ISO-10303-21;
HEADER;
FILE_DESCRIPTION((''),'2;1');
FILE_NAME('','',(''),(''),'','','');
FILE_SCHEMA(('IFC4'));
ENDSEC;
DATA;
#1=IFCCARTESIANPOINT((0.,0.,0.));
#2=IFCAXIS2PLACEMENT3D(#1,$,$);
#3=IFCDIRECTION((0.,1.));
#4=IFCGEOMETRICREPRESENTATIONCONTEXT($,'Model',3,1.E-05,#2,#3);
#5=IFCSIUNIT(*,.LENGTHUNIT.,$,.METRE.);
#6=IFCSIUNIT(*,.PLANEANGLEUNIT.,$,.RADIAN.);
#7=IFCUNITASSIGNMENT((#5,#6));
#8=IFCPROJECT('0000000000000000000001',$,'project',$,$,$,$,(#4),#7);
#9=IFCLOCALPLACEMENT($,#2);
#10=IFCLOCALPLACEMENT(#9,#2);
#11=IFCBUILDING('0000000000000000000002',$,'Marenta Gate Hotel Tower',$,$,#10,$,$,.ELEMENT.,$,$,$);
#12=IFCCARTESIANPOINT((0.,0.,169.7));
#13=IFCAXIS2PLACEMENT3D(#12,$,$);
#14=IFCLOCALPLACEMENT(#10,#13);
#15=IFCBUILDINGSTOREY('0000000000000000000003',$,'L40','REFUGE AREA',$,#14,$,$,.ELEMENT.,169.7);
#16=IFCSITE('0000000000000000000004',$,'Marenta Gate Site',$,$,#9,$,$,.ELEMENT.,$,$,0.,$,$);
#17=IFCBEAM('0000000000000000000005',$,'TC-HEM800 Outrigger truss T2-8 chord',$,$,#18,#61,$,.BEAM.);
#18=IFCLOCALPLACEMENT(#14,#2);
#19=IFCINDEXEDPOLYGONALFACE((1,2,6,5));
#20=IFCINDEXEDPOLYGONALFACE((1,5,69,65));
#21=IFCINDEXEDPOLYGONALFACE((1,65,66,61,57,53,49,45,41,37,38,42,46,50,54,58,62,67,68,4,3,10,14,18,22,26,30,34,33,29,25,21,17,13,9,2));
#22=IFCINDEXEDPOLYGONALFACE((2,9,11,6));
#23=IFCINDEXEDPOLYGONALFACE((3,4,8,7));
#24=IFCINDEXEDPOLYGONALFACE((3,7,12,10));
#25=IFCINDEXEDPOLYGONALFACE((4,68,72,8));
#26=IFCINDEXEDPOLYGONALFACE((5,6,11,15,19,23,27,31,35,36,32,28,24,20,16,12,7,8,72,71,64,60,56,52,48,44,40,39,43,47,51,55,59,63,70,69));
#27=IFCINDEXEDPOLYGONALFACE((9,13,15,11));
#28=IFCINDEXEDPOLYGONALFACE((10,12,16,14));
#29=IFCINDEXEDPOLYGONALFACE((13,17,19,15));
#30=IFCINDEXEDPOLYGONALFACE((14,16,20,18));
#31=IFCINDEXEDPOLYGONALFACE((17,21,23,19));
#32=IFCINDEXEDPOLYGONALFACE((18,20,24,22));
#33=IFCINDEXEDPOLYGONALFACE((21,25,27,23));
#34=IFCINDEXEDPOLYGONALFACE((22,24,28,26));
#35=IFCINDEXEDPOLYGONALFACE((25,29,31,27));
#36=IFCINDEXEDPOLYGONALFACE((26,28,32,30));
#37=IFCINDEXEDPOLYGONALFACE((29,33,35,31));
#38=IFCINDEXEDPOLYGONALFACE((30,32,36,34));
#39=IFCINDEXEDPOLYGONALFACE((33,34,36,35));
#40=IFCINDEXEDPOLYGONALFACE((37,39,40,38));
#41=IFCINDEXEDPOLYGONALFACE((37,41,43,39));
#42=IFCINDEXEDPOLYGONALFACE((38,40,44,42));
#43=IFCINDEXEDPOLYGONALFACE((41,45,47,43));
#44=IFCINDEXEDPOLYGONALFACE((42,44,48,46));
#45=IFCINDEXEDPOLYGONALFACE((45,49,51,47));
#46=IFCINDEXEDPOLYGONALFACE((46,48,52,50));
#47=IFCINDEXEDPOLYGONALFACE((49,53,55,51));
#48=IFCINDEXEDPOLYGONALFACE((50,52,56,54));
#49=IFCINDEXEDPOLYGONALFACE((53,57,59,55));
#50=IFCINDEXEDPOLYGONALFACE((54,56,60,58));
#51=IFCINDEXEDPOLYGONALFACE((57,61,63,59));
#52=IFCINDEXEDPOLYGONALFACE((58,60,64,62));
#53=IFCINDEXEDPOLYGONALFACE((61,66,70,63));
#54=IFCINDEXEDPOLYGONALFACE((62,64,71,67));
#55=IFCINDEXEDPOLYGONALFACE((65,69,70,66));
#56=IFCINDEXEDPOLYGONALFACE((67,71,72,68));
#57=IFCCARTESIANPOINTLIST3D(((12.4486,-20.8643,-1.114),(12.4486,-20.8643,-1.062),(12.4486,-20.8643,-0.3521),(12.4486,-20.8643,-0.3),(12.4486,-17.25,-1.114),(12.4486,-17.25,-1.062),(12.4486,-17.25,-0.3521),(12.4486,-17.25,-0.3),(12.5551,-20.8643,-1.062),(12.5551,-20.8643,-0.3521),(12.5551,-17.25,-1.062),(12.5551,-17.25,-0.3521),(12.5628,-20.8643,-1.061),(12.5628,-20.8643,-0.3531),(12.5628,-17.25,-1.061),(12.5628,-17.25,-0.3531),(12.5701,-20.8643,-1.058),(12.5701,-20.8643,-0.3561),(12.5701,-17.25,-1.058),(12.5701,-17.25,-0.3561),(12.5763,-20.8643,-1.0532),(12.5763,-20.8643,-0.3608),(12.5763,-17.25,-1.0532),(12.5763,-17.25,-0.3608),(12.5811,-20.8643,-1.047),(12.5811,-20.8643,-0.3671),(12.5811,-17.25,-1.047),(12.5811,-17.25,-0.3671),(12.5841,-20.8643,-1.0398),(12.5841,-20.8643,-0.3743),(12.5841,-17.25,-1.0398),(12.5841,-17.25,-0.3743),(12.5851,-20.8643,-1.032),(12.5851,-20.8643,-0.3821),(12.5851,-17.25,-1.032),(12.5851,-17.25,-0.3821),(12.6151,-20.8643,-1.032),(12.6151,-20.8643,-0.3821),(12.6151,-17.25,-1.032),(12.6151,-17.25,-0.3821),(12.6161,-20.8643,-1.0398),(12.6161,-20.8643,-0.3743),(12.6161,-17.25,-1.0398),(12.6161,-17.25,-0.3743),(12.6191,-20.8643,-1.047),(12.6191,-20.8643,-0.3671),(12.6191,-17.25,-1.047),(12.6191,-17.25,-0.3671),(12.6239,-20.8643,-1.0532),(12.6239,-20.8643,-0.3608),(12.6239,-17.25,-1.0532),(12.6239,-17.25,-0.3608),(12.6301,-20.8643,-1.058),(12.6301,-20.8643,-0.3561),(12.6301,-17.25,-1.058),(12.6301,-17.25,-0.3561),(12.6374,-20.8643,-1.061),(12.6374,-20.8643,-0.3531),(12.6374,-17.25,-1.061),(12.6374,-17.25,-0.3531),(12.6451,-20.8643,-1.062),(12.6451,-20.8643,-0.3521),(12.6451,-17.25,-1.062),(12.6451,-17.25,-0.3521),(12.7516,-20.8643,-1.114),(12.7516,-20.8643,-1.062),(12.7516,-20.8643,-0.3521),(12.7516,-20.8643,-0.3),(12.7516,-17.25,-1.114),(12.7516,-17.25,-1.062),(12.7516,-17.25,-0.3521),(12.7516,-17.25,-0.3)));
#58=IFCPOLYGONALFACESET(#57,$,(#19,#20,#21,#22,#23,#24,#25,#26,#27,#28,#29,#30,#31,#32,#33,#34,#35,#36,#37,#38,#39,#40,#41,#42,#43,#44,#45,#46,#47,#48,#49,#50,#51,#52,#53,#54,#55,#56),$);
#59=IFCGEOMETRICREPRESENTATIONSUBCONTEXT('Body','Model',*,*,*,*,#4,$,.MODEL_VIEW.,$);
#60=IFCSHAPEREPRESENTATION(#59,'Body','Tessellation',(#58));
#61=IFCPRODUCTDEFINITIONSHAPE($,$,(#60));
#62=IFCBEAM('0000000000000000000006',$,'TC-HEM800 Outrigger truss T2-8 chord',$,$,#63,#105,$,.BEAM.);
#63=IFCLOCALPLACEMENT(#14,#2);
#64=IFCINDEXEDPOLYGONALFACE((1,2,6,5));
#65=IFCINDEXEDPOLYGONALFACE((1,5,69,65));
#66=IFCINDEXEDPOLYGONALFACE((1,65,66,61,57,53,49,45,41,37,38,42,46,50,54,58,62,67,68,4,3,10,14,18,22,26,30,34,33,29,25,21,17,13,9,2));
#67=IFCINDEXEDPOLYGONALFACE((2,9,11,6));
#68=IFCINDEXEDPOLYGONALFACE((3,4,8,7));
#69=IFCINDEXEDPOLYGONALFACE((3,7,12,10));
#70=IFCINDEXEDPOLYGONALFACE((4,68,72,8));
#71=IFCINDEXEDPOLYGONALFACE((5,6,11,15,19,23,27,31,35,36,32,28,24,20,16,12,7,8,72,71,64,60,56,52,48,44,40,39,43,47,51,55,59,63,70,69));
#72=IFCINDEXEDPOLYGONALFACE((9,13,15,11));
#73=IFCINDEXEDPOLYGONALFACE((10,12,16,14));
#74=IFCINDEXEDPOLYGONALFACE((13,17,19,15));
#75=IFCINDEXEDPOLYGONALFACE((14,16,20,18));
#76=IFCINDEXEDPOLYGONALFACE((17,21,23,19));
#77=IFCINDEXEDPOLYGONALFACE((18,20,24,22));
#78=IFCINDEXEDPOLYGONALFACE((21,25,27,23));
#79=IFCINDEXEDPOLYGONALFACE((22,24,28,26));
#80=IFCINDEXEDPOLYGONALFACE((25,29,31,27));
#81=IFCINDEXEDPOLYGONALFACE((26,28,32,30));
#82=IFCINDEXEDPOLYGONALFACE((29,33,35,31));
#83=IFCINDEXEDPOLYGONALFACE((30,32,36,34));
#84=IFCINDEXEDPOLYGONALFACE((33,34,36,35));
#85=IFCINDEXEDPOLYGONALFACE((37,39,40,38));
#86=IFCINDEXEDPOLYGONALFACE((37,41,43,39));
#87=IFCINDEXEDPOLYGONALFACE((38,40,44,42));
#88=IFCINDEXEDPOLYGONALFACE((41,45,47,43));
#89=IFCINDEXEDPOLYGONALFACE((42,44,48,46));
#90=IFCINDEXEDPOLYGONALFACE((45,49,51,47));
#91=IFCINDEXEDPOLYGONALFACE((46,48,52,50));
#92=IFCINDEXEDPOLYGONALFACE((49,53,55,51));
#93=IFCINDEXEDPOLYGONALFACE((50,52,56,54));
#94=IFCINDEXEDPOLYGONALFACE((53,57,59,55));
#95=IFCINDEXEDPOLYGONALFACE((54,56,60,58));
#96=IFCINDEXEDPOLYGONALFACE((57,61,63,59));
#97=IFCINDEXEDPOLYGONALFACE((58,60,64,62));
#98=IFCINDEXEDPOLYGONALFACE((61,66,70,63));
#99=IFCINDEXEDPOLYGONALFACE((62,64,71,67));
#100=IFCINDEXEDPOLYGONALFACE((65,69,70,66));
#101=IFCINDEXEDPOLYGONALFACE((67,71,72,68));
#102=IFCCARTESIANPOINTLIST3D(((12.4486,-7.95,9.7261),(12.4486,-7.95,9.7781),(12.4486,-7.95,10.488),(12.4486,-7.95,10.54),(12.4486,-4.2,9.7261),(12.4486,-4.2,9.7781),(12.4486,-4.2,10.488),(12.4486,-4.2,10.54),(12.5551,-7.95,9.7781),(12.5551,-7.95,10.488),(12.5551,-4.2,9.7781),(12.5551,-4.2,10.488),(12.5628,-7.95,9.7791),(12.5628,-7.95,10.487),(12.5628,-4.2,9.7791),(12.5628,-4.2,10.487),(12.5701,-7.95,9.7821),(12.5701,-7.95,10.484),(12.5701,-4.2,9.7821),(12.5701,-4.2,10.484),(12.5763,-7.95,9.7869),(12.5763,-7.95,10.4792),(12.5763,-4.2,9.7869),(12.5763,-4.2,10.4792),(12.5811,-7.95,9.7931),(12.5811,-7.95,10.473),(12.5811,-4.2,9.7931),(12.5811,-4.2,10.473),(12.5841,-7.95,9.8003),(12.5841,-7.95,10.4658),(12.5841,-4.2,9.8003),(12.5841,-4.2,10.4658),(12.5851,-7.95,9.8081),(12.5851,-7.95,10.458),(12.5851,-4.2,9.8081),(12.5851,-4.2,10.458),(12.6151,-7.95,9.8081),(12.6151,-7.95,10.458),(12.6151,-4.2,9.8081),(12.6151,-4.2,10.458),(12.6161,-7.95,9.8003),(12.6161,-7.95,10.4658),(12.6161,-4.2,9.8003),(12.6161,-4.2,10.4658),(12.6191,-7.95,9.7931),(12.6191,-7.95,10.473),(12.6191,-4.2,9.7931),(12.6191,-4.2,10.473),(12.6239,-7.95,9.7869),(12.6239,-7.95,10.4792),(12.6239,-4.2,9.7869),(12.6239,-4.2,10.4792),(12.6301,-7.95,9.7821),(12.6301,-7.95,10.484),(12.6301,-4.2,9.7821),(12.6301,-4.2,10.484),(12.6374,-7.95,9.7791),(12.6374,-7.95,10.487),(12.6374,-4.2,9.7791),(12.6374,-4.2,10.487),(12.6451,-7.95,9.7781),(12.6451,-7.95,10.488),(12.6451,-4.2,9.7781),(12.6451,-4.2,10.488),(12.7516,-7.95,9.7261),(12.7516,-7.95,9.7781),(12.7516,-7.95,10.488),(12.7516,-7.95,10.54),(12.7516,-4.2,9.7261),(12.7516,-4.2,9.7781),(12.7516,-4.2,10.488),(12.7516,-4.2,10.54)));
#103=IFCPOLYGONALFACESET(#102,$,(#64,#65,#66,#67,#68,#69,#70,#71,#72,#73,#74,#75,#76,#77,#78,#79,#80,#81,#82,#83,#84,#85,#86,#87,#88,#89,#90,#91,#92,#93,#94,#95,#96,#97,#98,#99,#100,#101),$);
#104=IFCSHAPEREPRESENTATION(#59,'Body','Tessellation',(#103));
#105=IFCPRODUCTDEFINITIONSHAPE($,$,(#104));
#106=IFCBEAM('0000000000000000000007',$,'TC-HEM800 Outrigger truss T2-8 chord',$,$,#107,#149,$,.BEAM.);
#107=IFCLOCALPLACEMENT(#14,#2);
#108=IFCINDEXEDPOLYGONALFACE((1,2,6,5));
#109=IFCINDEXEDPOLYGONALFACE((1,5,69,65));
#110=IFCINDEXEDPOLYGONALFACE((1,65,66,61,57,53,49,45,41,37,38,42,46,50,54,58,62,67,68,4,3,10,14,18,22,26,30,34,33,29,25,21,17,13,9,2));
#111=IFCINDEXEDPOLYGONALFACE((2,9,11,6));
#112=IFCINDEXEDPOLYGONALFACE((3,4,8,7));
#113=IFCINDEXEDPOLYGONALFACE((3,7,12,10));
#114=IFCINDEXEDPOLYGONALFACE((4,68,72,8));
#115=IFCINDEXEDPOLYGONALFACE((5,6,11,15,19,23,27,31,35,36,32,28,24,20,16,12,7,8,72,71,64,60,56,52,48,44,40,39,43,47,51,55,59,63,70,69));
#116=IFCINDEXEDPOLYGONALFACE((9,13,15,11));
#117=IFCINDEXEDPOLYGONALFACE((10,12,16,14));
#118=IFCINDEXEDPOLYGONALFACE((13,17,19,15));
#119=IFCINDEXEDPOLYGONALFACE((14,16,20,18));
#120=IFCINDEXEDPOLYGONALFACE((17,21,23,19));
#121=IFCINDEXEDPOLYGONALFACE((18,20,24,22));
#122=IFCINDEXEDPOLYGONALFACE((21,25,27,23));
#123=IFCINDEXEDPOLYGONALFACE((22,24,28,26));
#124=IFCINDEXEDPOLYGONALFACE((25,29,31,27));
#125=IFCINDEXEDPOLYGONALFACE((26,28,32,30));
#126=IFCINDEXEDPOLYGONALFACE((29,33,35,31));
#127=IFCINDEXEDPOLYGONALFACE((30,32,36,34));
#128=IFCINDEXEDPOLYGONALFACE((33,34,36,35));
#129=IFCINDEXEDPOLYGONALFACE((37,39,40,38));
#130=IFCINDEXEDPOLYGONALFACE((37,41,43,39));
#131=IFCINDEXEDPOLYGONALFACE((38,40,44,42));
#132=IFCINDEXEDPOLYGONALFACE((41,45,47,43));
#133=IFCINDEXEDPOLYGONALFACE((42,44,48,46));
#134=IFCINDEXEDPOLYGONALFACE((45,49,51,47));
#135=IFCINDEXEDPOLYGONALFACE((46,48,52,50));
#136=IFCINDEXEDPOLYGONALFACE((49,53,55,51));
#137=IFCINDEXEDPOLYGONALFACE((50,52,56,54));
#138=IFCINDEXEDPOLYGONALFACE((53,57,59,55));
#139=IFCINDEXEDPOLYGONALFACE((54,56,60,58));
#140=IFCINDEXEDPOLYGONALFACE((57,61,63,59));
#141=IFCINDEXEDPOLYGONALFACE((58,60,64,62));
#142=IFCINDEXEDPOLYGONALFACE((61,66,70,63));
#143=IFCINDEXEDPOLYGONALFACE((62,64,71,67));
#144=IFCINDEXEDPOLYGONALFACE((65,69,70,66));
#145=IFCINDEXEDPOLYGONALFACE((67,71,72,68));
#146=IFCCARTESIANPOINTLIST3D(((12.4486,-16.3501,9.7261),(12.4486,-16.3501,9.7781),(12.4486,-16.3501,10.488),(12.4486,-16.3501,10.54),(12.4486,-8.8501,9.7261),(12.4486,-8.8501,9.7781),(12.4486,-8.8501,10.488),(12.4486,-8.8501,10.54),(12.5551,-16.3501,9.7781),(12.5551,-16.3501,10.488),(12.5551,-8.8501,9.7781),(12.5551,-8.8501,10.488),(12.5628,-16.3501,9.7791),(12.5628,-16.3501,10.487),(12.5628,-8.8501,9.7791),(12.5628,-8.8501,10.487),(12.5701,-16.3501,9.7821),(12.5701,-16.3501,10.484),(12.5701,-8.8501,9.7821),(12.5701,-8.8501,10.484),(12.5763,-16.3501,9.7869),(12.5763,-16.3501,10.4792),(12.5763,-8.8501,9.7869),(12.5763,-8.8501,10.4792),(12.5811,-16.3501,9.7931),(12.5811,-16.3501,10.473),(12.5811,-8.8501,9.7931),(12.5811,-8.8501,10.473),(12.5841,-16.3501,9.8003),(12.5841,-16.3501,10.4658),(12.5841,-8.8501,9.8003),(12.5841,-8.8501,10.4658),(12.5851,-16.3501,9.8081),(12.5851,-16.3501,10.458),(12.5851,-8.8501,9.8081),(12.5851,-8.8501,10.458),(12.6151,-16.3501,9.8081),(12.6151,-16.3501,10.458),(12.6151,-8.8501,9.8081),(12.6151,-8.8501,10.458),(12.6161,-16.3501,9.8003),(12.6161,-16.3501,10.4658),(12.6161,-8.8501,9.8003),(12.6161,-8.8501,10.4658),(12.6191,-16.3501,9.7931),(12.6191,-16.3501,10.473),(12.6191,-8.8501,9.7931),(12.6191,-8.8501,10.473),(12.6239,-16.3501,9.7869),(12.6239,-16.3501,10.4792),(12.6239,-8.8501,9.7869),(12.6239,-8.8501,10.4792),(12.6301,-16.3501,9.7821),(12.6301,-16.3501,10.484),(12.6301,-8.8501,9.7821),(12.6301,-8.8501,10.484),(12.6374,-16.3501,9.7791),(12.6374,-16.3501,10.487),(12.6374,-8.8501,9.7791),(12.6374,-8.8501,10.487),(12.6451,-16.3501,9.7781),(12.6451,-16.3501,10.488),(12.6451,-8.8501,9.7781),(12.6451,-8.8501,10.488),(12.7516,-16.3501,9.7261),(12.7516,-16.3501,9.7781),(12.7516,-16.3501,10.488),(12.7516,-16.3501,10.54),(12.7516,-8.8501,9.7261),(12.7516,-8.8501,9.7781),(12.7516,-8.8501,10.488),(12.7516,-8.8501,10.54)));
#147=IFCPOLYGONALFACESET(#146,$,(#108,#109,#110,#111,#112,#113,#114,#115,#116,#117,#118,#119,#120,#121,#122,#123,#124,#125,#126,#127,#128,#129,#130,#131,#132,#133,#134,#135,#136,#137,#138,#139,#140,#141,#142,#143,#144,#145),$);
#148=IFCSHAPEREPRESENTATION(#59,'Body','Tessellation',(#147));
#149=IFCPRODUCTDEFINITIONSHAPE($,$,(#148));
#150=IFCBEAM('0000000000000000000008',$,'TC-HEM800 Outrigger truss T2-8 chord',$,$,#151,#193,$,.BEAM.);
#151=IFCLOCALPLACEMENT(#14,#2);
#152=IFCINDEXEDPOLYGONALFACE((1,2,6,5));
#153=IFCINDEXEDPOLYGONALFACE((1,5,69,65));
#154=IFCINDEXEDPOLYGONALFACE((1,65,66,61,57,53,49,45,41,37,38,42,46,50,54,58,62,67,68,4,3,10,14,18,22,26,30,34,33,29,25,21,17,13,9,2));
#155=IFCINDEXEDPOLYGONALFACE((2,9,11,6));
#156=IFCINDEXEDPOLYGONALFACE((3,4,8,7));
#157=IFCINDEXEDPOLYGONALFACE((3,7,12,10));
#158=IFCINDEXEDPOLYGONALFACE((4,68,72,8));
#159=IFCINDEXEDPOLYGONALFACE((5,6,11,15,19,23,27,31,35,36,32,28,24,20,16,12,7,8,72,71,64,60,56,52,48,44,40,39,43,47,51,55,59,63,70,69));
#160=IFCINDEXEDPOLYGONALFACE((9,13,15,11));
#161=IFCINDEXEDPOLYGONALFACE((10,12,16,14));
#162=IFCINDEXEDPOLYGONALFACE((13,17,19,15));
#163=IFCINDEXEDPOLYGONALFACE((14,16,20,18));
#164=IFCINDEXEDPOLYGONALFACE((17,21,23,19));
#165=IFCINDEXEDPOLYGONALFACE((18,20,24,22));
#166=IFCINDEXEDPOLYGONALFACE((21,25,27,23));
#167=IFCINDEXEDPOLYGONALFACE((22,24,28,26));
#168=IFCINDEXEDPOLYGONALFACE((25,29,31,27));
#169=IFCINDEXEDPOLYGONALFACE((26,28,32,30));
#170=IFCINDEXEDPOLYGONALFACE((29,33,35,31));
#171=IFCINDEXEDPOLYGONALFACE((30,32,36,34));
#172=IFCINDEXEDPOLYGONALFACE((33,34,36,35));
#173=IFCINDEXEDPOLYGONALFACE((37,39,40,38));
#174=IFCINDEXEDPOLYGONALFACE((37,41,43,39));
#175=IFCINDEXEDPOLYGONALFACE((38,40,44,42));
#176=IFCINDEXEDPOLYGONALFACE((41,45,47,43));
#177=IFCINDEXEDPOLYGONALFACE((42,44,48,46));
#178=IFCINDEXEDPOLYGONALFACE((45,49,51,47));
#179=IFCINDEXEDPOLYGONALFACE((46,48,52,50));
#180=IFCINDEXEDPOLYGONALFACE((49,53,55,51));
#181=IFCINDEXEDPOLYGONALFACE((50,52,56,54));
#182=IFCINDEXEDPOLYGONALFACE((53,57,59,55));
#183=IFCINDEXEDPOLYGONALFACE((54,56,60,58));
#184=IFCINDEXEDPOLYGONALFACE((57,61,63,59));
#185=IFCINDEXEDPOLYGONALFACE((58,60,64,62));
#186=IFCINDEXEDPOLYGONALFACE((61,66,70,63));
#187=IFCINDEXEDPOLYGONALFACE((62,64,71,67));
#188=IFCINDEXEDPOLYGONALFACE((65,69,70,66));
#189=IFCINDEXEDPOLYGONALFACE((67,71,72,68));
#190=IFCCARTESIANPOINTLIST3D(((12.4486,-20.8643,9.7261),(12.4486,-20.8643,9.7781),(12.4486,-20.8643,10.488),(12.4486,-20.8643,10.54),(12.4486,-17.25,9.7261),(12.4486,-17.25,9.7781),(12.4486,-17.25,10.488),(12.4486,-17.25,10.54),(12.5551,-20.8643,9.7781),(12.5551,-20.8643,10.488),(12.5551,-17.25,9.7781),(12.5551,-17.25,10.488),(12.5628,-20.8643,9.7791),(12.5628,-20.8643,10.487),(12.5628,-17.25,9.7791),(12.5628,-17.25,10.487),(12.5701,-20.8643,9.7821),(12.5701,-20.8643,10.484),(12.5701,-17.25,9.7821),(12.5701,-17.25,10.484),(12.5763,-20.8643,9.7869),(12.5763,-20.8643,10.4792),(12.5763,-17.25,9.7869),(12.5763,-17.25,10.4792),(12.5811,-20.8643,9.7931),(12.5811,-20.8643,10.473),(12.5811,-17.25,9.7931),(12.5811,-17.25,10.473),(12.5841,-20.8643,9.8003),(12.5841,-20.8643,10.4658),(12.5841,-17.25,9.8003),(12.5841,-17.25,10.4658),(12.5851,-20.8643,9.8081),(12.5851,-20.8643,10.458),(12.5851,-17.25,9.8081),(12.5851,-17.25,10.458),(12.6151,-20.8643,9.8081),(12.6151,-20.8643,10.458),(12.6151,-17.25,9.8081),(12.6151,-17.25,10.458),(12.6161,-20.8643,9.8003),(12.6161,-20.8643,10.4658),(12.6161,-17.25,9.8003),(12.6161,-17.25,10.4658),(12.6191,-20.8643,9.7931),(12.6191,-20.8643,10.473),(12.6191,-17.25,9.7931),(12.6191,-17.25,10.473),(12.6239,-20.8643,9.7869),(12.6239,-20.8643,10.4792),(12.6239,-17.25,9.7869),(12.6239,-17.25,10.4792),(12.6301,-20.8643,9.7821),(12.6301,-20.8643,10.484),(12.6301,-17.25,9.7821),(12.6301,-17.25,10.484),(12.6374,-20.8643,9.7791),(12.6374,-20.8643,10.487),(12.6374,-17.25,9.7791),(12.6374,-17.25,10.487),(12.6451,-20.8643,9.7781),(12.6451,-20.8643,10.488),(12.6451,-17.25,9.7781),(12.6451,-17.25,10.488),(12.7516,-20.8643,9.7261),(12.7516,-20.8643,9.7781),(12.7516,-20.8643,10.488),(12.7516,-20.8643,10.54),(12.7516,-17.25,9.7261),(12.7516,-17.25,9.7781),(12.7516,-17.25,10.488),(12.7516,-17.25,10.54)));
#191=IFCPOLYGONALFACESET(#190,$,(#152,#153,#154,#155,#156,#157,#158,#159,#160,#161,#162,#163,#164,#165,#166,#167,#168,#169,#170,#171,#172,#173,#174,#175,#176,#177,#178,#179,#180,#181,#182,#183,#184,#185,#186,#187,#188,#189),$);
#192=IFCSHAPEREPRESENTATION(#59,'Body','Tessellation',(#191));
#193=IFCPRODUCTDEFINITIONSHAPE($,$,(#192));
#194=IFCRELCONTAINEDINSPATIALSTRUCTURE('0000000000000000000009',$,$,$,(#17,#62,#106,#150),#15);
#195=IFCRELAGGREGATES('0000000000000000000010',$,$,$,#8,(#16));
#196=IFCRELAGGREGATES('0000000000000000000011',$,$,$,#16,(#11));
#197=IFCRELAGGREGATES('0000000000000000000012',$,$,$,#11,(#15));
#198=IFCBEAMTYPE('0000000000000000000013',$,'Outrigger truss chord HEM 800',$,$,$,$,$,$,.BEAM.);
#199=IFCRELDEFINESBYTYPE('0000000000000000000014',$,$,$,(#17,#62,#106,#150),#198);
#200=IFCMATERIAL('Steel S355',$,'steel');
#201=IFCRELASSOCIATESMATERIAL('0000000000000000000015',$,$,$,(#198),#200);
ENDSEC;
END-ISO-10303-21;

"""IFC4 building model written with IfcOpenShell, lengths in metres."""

from ifc_helpers import new_model, si_unit, direction, frame, origin, origin_2d, place, context, subcontext, project, spatial, i_section, extrude, material, material_profile, profile_set, type_object, element, save


model = new_model("IFC4")

# Units and contexts
model_context = context("Model", 3, precision=1e-05, world=origin(), true_north=direction((0.0, 1.0)))
body_context = subcontext(model_context, "Body", "Model", "MODEL_VIEW")
ifc_project = project(units=[si_unit("LENGTHUNIT", "METRE"), si_unit("PLANEANGLEUNIT", "RADIAN")], contexts=[model_context])

# Site, building, storey
site_placement = place(None, origin())
site = spatial("IfcSite", under=ifc_project, at=site_placement, Name="Marenta Gate Site", CompositionType="ELEMENT", RefElevation=0.0)
building_placement = place(site_placement, origin())
building = spatial("IfcBuilding", under=site, at=building_placement, Name="Marenta Gate Hotel Tower", CompositionType="ELEMENT")
storey_placement = place(building_placement, frame((0.0, 0.0, 169.7)))
storey = spatial("IfcBuildingStorey", under=building, at=storey_placement, Name="L40", Description="REFUGE AREA", CompositionType="ELEMENT", Elevation=169.7)

# Beams
ifc_material_1 = material(Name="Steel S355", Category="steel")
ifc_material_profile_1 = material_profile(ifc_material_1, i_section(OverallWidth=0.303, OverallDepth=0.814, WebThickness=0.03, FlangeThickness=0.052, FilletRadius=0.03, at=origin_2d()), Name="HEM 800")
ifc_profile_set_1 = profile_set([ifc_material_profile_1], Name="Steel S355")
beam_type_1 = type_object("IfcBeamType", Name="Outrigger truss chord HEM 800", PredefinedType="BEAM", material=ifc_profile_set_1)
beam_1_placement = place(storey_placement, frame((12.6001, -17.25, -0.707), z_axis=(0.0, -1.0, 0.0), x_axis=(1.0, 0.0, 0.0)))
element("IfcBeam", 1, at=beam_1_placement, inside=storey, type_object=beam_type_1, Name="TC-HEM800 Outrigger truss T2-8 chord", PredefinedType="BEAM", context=body_context, shape_type="SweptSolid", body=[
    extrude(i_section(OverallWidth=0.303, OverallDepth=0.814, WebThickness=0.03, FlangeThickness=0.052, FilletRadius=0.03, at=origin_2d()), origin(), (0.0, 0.0, 1.0), 3.6143),
])
beam_2_placement = place(storey_placement, frame((12.6001, -4.2, 10.1331), z_axis=(0.0, -1.0, 0.0), x_axis=(1.0, 0.0, 0.0)))
element("IfcBeam", 2, at=beam_2_placement, inside=storey, type_object=beam_type_1, Name="TC-HEM800 Outrigger truss T2-8 chord", PredefinedType="BEAM", context=body_context, shape_type="SweptSolid", body=[
    extrude(i_section(OverallWidth=0.303, OverallDepth=0.814, WebThickness=0.03, FlangeThickness=0.052, FilletRadius=0.03, at=origin_2d()), origin(), (0.0, 0.0, 1.0), 3.75),
])
beam_3_placement = place(storey_placement, frame((12.6001, -8.8501, 10.1331), z_axis=(0.0, -1.0, 0.0), x_axis=(1.0, 0.0, 0.0)))
element("IfcBeam", 3, at=beam_3_placement, inside=storey, type_object=beam_type_1, Name="TC-HEM800 Outrigger truss T2-8 chord", PredefinedType="BEAM", context=body_context, shape_type="SweptSolid", body=[
    extrude(i_section(OverallWidth=0.303, OverallDepth=0.814, WebThickness=0.03, FlangeThickness=0.052, FilletRadius=0.03, at=origin_2d()), origin(), (0.0, 0.0, 1.0), 7.5),
])
beam_4_placement = place(storey_placement, frame((12.6001, -17.25, 10.1331), z_axis=(0.0, -1.0, 0.0), x_axis=(1.0, 0.0, 0.0)))
element("IfcBeam", 4, at=beam_4_placement, inside=storey, type_object=beam_type_1, Name="TC-HEM800 Outrigger truss T2-8 chord", PredefinedType="BEAM", context=body_context, shape_type="SweptSolid", body=[
    extrude(i_section(OverallWidth=0.303, OverallDepth=0.814, WebThickness=0.03, FlangeThickness=0.052, FilletRadius=0.03, at=origin_2d()), origin(), (0.0, 0.0, 1.0), 3.6143),
])

save(model, "model.ifc")
